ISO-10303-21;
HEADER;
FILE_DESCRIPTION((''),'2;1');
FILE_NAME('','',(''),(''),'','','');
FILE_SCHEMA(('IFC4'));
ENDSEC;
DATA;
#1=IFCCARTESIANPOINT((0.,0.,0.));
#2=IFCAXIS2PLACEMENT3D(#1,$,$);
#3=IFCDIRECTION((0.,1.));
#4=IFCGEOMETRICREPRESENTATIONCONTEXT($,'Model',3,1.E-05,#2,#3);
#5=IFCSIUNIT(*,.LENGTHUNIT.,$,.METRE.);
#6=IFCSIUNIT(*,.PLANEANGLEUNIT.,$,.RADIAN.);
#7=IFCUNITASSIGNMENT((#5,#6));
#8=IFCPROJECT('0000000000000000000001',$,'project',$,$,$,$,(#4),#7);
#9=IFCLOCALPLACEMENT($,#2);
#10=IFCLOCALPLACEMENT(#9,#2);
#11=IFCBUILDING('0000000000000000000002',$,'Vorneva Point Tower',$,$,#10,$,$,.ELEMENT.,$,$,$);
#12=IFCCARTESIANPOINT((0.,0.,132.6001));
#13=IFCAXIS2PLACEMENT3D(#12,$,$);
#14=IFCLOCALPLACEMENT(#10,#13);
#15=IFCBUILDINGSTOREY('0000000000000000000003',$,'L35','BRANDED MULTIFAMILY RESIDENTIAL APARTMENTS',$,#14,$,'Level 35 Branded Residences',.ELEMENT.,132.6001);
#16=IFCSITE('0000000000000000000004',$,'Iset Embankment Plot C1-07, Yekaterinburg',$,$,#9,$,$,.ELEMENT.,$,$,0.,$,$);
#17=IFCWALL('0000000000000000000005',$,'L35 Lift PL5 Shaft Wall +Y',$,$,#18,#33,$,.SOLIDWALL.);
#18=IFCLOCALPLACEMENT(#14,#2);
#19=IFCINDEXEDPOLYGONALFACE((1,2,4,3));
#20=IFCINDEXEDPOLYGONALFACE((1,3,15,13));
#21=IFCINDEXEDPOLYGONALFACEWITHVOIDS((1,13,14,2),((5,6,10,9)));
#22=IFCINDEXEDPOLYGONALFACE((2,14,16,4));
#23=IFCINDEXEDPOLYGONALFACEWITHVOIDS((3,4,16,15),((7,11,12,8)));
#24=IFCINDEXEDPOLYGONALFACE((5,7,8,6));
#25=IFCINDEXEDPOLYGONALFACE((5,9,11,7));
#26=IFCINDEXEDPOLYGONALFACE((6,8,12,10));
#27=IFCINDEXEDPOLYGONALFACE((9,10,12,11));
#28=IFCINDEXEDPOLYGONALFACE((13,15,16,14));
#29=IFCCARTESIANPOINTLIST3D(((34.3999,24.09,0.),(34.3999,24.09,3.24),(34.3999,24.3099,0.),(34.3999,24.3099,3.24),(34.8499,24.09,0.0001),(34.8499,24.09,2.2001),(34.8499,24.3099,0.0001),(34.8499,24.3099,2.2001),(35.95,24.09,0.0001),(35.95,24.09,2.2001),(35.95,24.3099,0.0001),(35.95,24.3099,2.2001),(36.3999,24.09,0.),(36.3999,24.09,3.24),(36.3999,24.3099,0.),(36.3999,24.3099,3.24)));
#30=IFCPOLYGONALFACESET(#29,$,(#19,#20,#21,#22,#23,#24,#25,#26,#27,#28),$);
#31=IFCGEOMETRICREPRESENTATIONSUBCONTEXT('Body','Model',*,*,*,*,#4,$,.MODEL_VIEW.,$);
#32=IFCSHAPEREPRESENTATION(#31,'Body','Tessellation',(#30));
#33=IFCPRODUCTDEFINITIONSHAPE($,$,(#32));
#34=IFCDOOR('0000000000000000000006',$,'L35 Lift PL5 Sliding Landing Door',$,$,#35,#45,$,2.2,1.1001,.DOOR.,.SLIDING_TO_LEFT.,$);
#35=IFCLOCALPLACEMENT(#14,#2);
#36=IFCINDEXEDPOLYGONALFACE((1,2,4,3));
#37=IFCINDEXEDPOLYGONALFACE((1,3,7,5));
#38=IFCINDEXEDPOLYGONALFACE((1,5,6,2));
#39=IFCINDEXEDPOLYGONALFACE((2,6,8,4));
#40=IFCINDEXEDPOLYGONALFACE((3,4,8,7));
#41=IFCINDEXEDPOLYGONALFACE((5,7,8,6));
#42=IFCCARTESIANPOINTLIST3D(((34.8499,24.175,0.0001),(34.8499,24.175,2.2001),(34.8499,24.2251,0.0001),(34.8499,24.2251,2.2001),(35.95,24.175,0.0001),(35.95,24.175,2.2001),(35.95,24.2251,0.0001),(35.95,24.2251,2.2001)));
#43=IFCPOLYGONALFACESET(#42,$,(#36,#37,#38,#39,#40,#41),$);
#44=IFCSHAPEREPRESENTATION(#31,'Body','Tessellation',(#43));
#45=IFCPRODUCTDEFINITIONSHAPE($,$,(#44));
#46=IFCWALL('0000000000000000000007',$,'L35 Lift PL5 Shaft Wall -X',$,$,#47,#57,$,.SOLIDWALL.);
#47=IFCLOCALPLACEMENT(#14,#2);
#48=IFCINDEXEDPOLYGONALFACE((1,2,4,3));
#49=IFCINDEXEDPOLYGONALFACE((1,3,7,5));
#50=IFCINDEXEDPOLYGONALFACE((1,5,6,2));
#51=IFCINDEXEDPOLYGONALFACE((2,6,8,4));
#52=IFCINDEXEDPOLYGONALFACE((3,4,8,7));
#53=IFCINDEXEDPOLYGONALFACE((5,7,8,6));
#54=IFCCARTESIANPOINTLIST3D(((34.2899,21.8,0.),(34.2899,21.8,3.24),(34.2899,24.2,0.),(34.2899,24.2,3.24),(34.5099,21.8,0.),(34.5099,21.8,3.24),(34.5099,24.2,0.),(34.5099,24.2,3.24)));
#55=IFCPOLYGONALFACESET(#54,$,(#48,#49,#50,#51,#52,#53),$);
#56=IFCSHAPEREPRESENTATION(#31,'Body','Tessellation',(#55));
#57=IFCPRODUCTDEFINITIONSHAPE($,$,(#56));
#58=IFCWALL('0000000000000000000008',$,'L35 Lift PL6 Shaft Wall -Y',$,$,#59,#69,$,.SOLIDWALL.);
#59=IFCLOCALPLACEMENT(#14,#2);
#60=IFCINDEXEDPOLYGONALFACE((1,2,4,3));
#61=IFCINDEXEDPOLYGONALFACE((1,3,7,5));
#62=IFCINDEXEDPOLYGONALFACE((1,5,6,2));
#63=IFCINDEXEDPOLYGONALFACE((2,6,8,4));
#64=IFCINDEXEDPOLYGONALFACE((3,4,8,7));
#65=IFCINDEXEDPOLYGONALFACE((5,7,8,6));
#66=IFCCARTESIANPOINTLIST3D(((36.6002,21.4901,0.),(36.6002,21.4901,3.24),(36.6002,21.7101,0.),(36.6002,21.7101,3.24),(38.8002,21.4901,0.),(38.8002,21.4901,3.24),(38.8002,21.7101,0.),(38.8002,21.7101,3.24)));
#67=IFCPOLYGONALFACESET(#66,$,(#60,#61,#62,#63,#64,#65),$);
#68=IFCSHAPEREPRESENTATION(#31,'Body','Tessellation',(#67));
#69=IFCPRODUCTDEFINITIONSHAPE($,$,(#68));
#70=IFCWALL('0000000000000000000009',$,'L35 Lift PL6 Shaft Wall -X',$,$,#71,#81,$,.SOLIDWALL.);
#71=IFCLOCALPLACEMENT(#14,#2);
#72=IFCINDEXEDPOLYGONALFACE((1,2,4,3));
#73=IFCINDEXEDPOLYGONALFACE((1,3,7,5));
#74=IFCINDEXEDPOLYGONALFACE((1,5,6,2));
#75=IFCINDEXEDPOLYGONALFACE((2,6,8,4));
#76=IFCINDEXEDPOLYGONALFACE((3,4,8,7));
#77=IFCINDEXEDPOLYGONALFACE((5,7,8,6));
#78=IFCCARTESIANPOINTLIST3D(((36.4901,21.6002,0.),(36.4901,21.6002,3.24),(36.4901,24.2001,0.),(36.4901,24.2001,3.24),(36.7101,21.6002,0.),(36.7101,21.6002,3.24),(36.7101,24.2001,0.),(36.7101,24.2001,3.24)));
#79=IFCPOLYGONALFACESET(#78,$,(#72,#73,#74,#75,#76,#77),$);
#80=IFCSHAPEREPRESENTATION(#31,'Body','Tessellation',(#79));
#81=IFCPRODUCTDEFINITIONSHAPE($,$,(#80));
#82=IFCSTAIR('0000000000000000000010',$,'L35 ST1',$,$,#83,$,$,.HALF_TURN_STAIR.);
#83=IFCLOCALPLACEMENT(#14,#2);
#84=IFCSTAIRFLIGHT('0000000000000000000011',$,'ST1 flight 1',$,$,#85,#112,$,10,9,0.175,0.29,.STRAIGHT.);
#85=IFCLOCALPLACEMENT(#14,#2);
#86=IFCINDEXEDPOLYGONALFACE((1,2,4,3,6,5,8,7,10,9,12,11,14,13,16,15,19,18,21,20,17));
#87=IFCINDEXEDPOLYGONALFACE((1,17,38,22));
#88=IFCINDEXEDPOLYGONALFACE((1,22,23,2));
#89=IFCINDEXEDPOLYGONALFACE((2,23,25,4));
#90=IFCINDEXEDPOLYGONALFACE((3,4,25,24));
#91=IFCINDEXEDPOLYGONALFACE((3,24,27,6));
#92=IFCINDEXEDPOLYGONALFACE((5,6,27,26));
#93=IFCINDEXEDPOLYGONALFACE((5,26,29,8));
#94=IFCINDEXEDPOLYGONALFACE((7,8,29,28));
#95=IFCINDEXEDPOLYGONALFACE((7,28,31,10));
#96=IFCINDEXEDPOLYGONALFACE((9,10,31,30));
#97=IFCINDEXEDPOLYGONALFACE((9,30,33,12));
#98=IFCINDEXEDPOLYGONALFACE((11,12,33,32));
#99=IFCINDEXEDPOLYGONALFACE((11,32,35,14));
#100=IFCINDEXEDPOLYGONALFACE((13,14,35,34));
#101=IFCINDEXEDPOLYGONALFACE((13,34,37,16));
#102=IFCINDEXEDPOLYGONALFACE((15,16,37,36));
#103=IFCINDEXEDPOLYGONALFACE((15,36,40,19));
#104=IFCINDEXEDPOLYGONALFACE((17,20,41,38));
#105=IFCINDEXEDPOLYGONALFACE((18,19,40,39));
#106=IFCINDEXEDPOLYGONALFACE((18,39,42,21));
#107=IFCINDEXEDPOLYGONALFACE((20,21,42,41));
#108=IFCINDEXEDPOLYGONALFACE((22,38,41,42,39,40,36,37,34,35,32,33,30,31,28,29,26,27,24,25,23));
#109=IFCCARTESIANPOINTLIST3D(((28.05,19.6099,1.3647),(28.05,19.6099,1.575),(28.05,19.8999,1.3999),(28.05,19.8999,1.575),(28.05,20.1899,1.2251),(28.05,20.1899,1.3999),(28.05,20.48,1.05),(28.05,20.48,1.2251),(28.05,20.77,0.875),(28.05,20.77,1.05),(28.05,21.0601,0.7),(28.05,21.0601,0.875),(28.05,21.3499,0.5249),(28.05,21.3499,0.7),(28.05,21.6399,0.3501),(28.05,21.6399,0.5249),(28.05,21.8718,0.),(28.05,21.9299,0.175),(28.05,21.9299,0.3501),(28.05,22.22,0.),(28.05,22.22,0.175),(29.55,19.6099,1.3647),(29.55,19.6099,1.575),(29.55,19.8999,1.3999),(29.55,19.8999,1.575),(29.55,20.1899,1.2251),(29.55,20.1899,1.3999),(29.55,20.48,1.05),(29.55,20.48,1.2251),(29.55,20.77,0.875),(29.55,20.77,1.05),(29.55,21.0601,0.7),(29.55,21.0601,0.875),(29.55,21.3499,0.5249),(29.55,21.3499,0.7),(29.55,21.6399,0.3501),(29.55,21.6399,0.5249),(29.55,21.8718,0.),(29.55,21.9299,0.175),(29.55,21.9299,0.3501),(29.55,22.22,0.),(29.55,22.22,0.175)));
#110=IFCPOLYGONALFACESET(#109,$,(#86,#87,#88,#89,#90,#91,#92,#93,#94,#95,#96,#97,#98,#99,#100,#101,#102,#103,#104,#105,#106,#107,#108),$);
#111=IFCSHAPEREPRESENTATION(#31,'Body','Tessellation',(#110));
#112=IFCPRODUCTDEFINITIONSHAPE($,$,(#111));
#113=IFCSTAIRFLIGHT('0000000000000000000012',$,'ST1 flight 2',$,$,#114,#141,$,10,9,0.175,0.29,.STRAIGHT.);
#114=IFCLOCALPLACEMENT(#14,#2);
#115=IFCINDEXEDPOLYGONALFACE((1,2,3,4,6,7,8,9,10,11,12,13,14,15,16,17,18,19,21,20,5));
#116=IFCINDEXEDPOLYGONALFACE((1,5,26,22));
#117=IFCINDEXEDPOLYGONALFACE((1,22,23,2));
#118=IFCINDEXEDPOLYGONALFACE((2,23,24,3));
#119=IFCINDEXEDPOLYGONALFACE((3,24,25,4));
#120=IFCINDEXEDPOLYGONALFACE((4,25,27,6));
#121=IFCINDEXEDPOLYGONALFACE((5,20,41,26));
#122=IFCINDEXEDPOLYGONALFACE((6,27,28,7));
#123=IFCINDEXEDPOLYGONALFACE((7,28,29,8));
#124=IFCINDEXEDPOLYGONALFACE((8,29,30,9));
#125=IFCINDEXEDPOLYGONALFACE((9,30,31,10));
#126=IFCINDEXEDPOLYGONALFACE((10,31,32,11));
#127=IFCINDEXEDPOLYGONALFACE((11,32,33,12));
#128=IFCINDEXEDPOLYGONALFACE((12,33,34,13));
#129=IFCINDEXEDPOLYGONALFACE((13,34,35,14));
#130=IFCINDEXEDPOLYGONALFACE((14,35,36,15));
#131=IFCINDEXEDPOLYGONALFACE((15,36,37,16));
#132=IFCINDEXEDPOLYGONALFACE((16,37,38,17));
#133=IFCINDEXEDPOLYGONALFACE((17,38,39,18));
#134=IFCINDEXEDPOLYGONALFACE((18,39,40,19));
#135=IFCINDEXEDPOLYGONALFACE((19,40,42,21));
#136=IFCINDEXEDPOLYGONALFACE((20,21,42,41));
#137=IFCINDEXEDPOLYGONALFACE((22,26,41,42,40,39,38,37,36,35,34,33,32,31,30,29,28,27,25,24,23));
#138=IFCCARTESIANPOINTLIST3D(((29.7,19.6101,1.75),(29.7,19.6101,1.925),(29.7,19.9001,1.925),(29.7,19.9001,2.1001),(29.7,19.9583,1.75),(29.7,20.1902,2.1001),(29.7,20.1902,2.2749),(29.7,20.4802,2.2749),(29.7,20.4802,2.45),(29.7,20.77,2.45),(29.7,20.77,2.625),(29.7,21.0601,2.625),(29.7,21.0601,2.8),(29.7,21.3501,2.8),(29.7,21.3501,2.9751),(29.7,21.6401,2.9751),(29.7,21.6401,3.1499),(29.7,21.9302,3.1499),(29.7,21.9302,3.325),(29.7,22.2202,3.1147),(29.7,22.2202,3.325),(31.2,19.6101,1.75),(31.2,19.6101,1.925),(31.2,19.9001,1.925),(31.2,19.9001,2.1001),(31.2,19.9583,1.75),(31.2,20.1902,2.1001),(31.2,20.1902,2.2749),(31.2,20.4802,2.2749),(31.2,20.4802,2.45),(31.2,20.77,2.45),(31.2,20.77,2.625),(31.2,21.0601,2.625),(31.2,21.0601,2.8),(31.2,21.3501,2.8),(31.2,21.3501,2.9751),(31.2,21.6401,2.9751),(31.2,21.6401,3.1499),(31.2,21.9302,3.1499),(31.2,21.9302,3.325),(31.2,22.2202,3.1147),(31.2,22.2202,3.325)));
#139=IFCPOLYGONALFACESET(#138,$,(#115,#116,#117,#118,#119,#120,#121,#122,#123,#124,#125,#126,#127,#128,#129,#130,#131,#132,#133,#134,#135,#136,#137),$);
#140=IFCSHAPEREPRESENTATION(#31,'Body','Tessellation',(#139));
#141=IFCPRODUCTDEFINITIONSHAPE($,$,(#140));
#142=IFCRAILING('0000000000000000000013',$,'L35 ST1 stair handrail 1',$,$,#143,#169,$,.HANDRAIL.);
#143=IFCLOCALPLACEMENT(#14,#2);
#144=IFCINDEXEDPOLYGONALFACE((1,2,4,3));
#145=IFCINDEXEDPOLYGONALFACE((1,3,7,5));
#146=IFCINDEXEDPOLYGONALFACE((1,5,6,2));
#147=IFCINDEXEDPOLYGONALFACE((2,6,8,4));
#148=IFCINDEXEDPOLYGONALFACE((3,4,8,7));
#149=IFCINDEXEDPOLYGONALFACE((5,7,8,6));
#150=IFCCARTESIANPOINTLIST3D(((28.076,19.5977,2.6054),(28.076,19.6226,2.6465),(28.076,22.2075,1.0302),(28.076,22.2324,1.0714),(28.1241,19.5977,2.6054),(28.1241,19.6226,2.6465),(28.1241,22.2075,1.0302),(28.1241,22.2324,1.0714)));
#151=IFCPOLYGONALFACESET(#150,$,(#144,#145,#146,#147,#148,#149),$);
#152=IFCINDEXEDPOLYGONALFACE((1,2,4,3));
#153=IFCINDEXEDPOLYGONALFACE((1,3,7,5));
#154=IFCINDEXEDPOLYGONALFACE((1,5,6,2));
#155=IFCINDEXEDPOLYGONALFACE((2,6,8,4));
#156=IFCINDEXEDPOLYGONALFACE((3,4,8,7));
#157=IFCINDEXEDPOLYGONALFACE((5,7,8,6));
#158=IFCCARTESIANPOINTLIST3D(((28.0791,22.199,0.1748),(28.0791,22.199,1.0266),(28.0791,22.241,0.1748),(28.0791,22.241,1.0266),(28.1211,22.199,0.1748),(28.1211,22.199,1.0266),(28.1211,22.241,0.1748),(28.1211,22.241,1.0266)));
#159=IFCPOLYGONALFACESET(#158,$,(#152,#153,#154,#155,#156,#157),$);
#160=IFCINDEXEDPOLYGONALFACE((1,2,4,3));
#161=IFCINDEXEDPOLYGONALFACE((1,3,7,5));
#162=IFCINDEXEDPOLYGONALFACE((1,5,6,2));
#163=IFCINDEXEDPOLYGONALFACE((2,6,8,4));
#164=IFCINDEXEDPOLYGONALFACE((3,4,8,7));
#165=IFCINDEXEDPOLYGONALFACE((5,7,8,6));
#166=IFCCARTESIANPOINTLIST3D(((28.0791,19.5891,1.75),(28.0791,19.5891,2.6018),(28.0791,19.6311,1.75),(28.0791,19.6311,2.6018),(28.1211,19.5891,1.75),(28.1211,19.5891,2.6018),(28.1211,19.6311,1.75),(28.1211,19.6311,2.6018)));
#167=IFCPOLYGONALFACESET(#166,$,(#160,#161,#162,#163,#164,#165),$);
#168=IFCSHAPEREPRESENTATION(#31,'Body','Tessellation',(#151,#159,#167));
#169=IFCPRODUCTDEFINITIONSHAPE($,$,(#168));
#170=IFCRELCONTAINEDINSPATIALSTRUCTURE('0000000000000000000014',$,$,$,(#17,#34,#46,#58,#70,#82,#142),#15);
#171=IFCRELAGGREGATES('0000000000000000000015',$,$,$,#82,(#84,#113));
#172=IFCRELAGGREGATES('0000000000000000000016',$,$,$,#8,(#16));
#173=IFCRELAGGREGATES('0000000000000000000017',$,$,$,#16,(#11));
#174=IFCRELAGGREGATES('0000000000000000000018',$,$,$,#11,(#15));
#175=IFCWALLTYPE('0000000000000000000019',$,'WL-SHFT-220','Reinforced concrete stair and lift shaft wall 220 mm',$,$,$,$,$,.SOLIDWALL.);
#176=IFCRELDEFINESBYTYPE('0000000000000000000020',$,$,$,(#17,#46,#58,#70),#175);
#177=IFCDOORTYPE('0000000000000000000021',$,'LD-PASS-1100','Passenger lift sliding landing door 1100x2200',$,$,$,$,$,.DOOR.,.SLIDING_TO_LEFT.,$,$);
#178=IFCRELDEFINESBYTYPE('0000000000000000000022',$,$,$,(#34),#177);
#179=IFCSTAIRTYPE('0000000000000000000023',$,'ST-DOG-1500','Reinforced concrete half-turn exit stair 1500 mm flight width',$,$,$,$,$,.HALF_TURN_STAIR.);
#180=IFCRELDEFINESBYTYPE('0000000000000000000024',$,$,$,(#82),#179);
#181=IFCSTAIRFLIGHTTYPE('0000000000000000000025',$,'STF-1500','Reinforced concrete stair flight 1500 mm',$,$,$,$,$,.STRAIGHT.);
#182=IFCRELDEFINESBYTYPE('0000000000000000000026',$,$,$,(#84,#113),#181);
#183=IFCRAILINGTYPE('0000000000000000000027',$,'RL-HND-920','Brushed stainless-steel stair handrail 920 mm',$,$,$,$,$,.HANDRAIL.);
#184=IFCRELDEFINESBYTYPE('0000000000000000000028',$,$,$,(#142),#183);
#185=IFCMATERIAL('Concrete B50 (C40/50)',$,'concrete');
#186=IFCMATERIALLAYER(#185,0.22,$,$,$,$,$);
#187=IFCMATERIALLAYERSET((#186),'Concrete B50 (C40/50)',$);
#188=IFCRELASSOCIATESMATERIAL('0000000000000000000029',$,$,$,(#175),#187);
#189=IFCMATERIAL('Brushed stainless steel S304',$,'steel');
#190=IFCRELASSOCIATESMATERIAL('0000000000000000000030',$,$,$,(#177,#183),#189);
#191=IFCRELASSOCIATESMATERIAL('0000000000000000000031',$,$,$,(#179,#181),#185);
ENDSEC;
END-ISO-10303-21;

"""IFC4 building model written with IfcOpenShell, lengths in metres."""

from ifc_helpers import new_model, si_unit, direction, frame, frame_2d, origin, origin_2d, place, context, subcontext, project, spatial, polyline, rectangle, outline, extrude, material, layer, layer_set, type_object, element, fill, aggregate, save


model = new_model("IFC4")

# Units and contexts
model_context = context("Model", 3, precision=1e-05, world=origin(), true_north=direction((0.0, 1.0)))
body_context = subcontext(model_context, "Body", "Model", "MODEL_VIEW")
ifc_project = project(units=[si_unit("LENGTHUNIT", "METRE"), si_unit("PLANEANGLEUNIT", "RADIAN")], contexts=[model_context])

# Site, building, storey
site_placement = place(None, origin())
site = spatial("IfcSite", under=ifc_project, at=site_placement, Name="Iset Embankment Plot C1-07, Yekaterinburg", CompositionType="ELEMENT", RefElevation=0.0)
building_placement = place(site_placement, origin())
building = spatial("IfcBuilding", under=site, at=building_placement, Name="Vorneva Point Tower", CompositionType="ELEMENT")
storey_placement = place(building_placement, frame((0.0, 0.0, 132.6001)))
storey = spatial("IfcBuildingStorey", under=building, at=storey_placement, Name="L35", Description="BRANDED MULTIFAMILY RESIDENTIAL APARTMENTS", LongName="Level 35 Branded Residences", CompositionType="ELEMENT", Elevation=132.6001)

# Shared definitions
ifc_material_1 = material(Name="Concrete B50 (C40/50)", Category="concrete")
ifc_layer_1 = layer(ifc_material_1, 0.22)
ifc_layer_set_1 = layer_set([ifc_layer_1], Name="Concrete B50 (C40/50)")
wall_type_1 = type_object("IfcWallType", Name="WL-SHFT-220", Description="Reinforced concrete stair and lift shaft wall 220 mm", PredefinedType="SOLIDWALL", material=ifc_layer_set_1)

# Shared definitions
ifc_material_2 = material(Name="Brushed stainless steel S304", Category="steel")
door_type_1 = type_object("IfcDoorType", Name="LD-PASS-1100", Description="Passenger lift sliding landing door 1100x2200", OperationType="SLIDING_TO_LEFT", PredefinedType="DOOR", material=ifc_material_2)

# Wall, opening, door
wall_1_placement = place(storey_placement, frame((36.3999, 24.2, 0.0), z_axis=(0.0, 0.0, 1.0), x_axis=(-1.0, 0.0, 0.0)))
wall_1 = element("IfcWall", 1, at=wall_1_placement, inside=storey, type_object=wall_type_1, Name="L35 Lift PL5 Shaft Wall +Y", PredefinedType="SOLIDWALL", context=body_context, shape_type="SweptSolid", body=[
    extrude(rectangle(XDim=2.0, YDim=0.22, at=frame_2d((1.0, 0.0))), origin(), (0.0, 0.0, 1.0), 3.24),
])
opening_1_placement = place(wall_1_placement, frame((0.45, 0.0, 0.0)))
opening_1 = element("IfcOpeningElement", 2, at=opening_1_placement, cuts=wall_1, PredefinedType="OPENING", context=body_context, shape_type="SweptSolid", body=[
    extrude(rectangle(XDim=1.1001, YDim=2.2, at=frame_2d((0.55, 1.1001))), frame((0.0, 0.125, 0.0), z_axis=(0.0, -1.0, 0.0), x_axis=(1.0, 0.0, 0.0)), (0.0, 0.0, 1.0), 0.2498),
])
door_1_placement = place(opening_1_placement, origin())
door_1 = element("IfcDoor", 3, at=door_1_placement, inside=storey, type_object=door_type_1, Name="L35 Lift PL5 Sliding Landing Door", OperationType="SLIDING_TO_LEFT", OverallHeight=2.2, OverallWidth=1.1001, PredefinedType="DOOR", context=body_context, shape_type="SweptSolid", body=[
    extrude(rectangle(XDim=1.1001, YDim=2.2, at=frame_2d((0.55, 1.1001))), frame((0.0, 0.0249, 0.0), z_axis=(0.0, -1.0, 0.0), x_axis=(1.0, 0.0, 0.0)), (0.0, 0.0, 1.0), 0.05),
])
fill(opening_1, door_1)

# Walls
wall_2_placement = place(storey_placement, frame((34.3999, 24.2, 0.0), z_axis=(0.0, 0.0, 1.0), x_axis=(0.0, -1.0, 0.0)))
element("IfcWall", 4, at=wall_2_placement, inside=storey, type_object=wall_type_1, Name="L35 Lift PL5 Shaft Wall -X", PredefinedType="SOLIDWALL", context=body_context, shape_type="SweptSolid", body=[
    extrude(rectangle(XDim=2.3999, YDim=0.22, at=frame_2d((1.2, 0.0))), origin(), (0.0, 0.0, 1.0), 3.24),
])
wall_3_placement = place(storey_placement, frame((36.6001, 21.6001, 0.0), z_axis=(0.0, 0.0, 1.0), x_axis=(1.0, 0.0, 0.0)))
element("IfcWall", 5, at=wall_3_placement, inside=storey, type_object=wall_type_1, Name="L35 Lift PL6 Shaft Wall -Y", PredefinedType="SOLIDWALL", context=body_context, shape_type="SweptSolid", body=[
    extrude(rectangle(XDim=2.2, YDim=0.22, at=frame_2d((1.1001, 0.0))), origin(), (0.0, 0.0, 1.0), 3.24),
])
wall_4_placement = place(storey_placement, frame((36.6001, 24.2, 0.0), z_axis=(0.0, 0.0, 1.0), x_axis=(0.0, -1.0, 0.0)))
element("IfcWall", 6, at=wall_4_placement, inside=storey, type_object=wall_type_1, Name="L35 Lift PL6 Shaft Wall -X", PredefinedType="SOLIDWALL", context=body_context, shape_type="SweptSolid", body=[
    extrude(rectangle(XDim=2.5999, YDim=0.22, at=frame_2d((1.2998, 0.0))), origin(), (0.0, 0.0, 1.0), 3.24),
])

# Stair, stair flights
stair_type = type_object("IfcStairType", Name="ST-DOG-1500", Description="Reinforced concrete half-turn exit stair 1500 mm flight width", PredefinedType="HALF_TURN_STAIR", material=ifc_material_1)
stair_placement = place(storey_placement, origin())
stair = element("IfcStair", 7, at=stair_placement, inside=storey, type_object=stair_type, Name="L35 ST1", PredefinedType="HALF_TURN_STAIR")
stair_flight_type = type_object("IfcStairFlightType", Name="STF-1500", Description="Reinforced concrete stair flight 1500 mm", PredefinedType="STRAIGHT", material=ifc_material_1)
stair_flight_1_placement = place(storey_placement, frame((28.8, 22.22, 0.0), z_axis=(0.0, 0.0, 1.0), x_axis=(0.0, -1.0, 0.0)))
stair_flight_1 = element("IfcStairFlight", 8, at=stair_flight_1_placement, type_object=stair_flight_type, Name="ST1 flight 1", NumberOfRisers=10, NumberOfTreads=9, PredefinedType="STRAIGHT", RiserHeight=0.175, TreadLength=0.29, context=body_context, shape_type="SweptSolid", body=[
    extrude(outline(polyline([(0.0, 0.0), (0.0, 0.175), (0.29, 0.175), (0.29, 0.3501), (0.5801, 0.3501), (0.5801, 0.5249), (0.8701, 0.5249), (0.8701, 0.7), (1.1599, 0.7), (1.1599, 0.875), (1.45, 0.875), (1.45, 1.05), (1.74, 1.05), (1.74, 1.2251), (2.03, 1.2251), (2.03, 1.3999), (2.3201, 1.3999), (2.3201, 1.575), (2.6101, 1.575), (2.6101, 1.75), (2.6101, 1.3647), (0.3481, 0.0), (0.0, 0.0)])), frame((0.0, 0.75, 0.0), z_axis=(0.0, -1.0, 0.0), x_axis=(1.0, 0.0, 0.0)), (0.0, 0.0, 1.0), 1.5),
])
stair_flight_2_placement = place(storey_placement, frame((30.45, 19.6101, 1.75), z_axis=(0.0, 0.0, 1.0), x_axis=(0.0, 1.0, 0.0)))
stair_flight_2 = element("IfcStairFlight", 9, at=stair_flight_2_placement, type_object=stair_flight_type, Name="ST1 flight 2", NumberOfRisers=10, NumberOfTreads=9, PredefinedType="STRAIGHT", RiserHeight=0.175, TreadLength=0.29, context=body_context, shape_type="SweptSolid", body=[
    extrude(outline(polyline([(0.0, 0.0), (0.0, 0.175), (0.29, 0.175), (0.29, 0.3501), (0.5801, 0.3501), (0.5801, 0.5249), (0.8701, 0.5249), (0.8701, 0.7), (1.1599, 0.7), (1.1599, 0.875), (1.45, 0.875), (1.45, 1.05), (1.74, 1.05), (1.74, 1.2251), (2.03, 1.2251), (2.03, 1.3999), (2.3201, 1.3999), (2.3201, 1.575), (2.6101, 1.575), (2.6101, 1.75), (2.6101, 1.3647), (0.3481, 0.0), (0.0, 0.0)])), frame((0.0, 0.75, 0.0), z_axis=(0.0, -1.0, 0.0), x_axis=(1.0, 0.0, 0.0)), (0.0, 0.0, 1.0), 1.5),
])
aggregate(stair, [stair_flight_1, stair_flight_2])

# Railing
railing_type_1 = type_object("IfcRailingType", Name="RL-HND-920", Description="Brushed stainless-steel stair handrail 920 mm", PredefinedType="HANDRAIL", material=ifc_material_2)
railing_1_placement = place(storey_placement, frame((28.1001, 22.22, 0.1748)))
element("IfcRailing", 10, at=railing_1_placement, inside=storey, type_object=railing_type_1, Name="L35 ST1 stair handrail 1", PredefinedType="HANDRAIL", context=body_context, shape_type="SweptSolid", body=[
    extrude(rectangle(XDim=0.0481, YDim=0.0481, at=origin_2d()), frame((0.0, 0.0, 0.876), z_axis=(0.0, -0.856147, 0.516732), x_axis=(1.0, 0.0, 0.0)), (0.0, 0.0, 1.0), 3.0483),
    extrude(rectangle(XDim=0.042, YDim=0.042, at=origin_2d()), origin(), (0.0, 0.0, 1.0), 0.8518),
    extrude(rectangle(XDim=0.042, YDim=0.042, at=origin_2d()), frame((0.0, -2.6099, 1.5752)), (0.0, 0.0, 1.0), 0.8518),
])

save(model, "model.ifc")
